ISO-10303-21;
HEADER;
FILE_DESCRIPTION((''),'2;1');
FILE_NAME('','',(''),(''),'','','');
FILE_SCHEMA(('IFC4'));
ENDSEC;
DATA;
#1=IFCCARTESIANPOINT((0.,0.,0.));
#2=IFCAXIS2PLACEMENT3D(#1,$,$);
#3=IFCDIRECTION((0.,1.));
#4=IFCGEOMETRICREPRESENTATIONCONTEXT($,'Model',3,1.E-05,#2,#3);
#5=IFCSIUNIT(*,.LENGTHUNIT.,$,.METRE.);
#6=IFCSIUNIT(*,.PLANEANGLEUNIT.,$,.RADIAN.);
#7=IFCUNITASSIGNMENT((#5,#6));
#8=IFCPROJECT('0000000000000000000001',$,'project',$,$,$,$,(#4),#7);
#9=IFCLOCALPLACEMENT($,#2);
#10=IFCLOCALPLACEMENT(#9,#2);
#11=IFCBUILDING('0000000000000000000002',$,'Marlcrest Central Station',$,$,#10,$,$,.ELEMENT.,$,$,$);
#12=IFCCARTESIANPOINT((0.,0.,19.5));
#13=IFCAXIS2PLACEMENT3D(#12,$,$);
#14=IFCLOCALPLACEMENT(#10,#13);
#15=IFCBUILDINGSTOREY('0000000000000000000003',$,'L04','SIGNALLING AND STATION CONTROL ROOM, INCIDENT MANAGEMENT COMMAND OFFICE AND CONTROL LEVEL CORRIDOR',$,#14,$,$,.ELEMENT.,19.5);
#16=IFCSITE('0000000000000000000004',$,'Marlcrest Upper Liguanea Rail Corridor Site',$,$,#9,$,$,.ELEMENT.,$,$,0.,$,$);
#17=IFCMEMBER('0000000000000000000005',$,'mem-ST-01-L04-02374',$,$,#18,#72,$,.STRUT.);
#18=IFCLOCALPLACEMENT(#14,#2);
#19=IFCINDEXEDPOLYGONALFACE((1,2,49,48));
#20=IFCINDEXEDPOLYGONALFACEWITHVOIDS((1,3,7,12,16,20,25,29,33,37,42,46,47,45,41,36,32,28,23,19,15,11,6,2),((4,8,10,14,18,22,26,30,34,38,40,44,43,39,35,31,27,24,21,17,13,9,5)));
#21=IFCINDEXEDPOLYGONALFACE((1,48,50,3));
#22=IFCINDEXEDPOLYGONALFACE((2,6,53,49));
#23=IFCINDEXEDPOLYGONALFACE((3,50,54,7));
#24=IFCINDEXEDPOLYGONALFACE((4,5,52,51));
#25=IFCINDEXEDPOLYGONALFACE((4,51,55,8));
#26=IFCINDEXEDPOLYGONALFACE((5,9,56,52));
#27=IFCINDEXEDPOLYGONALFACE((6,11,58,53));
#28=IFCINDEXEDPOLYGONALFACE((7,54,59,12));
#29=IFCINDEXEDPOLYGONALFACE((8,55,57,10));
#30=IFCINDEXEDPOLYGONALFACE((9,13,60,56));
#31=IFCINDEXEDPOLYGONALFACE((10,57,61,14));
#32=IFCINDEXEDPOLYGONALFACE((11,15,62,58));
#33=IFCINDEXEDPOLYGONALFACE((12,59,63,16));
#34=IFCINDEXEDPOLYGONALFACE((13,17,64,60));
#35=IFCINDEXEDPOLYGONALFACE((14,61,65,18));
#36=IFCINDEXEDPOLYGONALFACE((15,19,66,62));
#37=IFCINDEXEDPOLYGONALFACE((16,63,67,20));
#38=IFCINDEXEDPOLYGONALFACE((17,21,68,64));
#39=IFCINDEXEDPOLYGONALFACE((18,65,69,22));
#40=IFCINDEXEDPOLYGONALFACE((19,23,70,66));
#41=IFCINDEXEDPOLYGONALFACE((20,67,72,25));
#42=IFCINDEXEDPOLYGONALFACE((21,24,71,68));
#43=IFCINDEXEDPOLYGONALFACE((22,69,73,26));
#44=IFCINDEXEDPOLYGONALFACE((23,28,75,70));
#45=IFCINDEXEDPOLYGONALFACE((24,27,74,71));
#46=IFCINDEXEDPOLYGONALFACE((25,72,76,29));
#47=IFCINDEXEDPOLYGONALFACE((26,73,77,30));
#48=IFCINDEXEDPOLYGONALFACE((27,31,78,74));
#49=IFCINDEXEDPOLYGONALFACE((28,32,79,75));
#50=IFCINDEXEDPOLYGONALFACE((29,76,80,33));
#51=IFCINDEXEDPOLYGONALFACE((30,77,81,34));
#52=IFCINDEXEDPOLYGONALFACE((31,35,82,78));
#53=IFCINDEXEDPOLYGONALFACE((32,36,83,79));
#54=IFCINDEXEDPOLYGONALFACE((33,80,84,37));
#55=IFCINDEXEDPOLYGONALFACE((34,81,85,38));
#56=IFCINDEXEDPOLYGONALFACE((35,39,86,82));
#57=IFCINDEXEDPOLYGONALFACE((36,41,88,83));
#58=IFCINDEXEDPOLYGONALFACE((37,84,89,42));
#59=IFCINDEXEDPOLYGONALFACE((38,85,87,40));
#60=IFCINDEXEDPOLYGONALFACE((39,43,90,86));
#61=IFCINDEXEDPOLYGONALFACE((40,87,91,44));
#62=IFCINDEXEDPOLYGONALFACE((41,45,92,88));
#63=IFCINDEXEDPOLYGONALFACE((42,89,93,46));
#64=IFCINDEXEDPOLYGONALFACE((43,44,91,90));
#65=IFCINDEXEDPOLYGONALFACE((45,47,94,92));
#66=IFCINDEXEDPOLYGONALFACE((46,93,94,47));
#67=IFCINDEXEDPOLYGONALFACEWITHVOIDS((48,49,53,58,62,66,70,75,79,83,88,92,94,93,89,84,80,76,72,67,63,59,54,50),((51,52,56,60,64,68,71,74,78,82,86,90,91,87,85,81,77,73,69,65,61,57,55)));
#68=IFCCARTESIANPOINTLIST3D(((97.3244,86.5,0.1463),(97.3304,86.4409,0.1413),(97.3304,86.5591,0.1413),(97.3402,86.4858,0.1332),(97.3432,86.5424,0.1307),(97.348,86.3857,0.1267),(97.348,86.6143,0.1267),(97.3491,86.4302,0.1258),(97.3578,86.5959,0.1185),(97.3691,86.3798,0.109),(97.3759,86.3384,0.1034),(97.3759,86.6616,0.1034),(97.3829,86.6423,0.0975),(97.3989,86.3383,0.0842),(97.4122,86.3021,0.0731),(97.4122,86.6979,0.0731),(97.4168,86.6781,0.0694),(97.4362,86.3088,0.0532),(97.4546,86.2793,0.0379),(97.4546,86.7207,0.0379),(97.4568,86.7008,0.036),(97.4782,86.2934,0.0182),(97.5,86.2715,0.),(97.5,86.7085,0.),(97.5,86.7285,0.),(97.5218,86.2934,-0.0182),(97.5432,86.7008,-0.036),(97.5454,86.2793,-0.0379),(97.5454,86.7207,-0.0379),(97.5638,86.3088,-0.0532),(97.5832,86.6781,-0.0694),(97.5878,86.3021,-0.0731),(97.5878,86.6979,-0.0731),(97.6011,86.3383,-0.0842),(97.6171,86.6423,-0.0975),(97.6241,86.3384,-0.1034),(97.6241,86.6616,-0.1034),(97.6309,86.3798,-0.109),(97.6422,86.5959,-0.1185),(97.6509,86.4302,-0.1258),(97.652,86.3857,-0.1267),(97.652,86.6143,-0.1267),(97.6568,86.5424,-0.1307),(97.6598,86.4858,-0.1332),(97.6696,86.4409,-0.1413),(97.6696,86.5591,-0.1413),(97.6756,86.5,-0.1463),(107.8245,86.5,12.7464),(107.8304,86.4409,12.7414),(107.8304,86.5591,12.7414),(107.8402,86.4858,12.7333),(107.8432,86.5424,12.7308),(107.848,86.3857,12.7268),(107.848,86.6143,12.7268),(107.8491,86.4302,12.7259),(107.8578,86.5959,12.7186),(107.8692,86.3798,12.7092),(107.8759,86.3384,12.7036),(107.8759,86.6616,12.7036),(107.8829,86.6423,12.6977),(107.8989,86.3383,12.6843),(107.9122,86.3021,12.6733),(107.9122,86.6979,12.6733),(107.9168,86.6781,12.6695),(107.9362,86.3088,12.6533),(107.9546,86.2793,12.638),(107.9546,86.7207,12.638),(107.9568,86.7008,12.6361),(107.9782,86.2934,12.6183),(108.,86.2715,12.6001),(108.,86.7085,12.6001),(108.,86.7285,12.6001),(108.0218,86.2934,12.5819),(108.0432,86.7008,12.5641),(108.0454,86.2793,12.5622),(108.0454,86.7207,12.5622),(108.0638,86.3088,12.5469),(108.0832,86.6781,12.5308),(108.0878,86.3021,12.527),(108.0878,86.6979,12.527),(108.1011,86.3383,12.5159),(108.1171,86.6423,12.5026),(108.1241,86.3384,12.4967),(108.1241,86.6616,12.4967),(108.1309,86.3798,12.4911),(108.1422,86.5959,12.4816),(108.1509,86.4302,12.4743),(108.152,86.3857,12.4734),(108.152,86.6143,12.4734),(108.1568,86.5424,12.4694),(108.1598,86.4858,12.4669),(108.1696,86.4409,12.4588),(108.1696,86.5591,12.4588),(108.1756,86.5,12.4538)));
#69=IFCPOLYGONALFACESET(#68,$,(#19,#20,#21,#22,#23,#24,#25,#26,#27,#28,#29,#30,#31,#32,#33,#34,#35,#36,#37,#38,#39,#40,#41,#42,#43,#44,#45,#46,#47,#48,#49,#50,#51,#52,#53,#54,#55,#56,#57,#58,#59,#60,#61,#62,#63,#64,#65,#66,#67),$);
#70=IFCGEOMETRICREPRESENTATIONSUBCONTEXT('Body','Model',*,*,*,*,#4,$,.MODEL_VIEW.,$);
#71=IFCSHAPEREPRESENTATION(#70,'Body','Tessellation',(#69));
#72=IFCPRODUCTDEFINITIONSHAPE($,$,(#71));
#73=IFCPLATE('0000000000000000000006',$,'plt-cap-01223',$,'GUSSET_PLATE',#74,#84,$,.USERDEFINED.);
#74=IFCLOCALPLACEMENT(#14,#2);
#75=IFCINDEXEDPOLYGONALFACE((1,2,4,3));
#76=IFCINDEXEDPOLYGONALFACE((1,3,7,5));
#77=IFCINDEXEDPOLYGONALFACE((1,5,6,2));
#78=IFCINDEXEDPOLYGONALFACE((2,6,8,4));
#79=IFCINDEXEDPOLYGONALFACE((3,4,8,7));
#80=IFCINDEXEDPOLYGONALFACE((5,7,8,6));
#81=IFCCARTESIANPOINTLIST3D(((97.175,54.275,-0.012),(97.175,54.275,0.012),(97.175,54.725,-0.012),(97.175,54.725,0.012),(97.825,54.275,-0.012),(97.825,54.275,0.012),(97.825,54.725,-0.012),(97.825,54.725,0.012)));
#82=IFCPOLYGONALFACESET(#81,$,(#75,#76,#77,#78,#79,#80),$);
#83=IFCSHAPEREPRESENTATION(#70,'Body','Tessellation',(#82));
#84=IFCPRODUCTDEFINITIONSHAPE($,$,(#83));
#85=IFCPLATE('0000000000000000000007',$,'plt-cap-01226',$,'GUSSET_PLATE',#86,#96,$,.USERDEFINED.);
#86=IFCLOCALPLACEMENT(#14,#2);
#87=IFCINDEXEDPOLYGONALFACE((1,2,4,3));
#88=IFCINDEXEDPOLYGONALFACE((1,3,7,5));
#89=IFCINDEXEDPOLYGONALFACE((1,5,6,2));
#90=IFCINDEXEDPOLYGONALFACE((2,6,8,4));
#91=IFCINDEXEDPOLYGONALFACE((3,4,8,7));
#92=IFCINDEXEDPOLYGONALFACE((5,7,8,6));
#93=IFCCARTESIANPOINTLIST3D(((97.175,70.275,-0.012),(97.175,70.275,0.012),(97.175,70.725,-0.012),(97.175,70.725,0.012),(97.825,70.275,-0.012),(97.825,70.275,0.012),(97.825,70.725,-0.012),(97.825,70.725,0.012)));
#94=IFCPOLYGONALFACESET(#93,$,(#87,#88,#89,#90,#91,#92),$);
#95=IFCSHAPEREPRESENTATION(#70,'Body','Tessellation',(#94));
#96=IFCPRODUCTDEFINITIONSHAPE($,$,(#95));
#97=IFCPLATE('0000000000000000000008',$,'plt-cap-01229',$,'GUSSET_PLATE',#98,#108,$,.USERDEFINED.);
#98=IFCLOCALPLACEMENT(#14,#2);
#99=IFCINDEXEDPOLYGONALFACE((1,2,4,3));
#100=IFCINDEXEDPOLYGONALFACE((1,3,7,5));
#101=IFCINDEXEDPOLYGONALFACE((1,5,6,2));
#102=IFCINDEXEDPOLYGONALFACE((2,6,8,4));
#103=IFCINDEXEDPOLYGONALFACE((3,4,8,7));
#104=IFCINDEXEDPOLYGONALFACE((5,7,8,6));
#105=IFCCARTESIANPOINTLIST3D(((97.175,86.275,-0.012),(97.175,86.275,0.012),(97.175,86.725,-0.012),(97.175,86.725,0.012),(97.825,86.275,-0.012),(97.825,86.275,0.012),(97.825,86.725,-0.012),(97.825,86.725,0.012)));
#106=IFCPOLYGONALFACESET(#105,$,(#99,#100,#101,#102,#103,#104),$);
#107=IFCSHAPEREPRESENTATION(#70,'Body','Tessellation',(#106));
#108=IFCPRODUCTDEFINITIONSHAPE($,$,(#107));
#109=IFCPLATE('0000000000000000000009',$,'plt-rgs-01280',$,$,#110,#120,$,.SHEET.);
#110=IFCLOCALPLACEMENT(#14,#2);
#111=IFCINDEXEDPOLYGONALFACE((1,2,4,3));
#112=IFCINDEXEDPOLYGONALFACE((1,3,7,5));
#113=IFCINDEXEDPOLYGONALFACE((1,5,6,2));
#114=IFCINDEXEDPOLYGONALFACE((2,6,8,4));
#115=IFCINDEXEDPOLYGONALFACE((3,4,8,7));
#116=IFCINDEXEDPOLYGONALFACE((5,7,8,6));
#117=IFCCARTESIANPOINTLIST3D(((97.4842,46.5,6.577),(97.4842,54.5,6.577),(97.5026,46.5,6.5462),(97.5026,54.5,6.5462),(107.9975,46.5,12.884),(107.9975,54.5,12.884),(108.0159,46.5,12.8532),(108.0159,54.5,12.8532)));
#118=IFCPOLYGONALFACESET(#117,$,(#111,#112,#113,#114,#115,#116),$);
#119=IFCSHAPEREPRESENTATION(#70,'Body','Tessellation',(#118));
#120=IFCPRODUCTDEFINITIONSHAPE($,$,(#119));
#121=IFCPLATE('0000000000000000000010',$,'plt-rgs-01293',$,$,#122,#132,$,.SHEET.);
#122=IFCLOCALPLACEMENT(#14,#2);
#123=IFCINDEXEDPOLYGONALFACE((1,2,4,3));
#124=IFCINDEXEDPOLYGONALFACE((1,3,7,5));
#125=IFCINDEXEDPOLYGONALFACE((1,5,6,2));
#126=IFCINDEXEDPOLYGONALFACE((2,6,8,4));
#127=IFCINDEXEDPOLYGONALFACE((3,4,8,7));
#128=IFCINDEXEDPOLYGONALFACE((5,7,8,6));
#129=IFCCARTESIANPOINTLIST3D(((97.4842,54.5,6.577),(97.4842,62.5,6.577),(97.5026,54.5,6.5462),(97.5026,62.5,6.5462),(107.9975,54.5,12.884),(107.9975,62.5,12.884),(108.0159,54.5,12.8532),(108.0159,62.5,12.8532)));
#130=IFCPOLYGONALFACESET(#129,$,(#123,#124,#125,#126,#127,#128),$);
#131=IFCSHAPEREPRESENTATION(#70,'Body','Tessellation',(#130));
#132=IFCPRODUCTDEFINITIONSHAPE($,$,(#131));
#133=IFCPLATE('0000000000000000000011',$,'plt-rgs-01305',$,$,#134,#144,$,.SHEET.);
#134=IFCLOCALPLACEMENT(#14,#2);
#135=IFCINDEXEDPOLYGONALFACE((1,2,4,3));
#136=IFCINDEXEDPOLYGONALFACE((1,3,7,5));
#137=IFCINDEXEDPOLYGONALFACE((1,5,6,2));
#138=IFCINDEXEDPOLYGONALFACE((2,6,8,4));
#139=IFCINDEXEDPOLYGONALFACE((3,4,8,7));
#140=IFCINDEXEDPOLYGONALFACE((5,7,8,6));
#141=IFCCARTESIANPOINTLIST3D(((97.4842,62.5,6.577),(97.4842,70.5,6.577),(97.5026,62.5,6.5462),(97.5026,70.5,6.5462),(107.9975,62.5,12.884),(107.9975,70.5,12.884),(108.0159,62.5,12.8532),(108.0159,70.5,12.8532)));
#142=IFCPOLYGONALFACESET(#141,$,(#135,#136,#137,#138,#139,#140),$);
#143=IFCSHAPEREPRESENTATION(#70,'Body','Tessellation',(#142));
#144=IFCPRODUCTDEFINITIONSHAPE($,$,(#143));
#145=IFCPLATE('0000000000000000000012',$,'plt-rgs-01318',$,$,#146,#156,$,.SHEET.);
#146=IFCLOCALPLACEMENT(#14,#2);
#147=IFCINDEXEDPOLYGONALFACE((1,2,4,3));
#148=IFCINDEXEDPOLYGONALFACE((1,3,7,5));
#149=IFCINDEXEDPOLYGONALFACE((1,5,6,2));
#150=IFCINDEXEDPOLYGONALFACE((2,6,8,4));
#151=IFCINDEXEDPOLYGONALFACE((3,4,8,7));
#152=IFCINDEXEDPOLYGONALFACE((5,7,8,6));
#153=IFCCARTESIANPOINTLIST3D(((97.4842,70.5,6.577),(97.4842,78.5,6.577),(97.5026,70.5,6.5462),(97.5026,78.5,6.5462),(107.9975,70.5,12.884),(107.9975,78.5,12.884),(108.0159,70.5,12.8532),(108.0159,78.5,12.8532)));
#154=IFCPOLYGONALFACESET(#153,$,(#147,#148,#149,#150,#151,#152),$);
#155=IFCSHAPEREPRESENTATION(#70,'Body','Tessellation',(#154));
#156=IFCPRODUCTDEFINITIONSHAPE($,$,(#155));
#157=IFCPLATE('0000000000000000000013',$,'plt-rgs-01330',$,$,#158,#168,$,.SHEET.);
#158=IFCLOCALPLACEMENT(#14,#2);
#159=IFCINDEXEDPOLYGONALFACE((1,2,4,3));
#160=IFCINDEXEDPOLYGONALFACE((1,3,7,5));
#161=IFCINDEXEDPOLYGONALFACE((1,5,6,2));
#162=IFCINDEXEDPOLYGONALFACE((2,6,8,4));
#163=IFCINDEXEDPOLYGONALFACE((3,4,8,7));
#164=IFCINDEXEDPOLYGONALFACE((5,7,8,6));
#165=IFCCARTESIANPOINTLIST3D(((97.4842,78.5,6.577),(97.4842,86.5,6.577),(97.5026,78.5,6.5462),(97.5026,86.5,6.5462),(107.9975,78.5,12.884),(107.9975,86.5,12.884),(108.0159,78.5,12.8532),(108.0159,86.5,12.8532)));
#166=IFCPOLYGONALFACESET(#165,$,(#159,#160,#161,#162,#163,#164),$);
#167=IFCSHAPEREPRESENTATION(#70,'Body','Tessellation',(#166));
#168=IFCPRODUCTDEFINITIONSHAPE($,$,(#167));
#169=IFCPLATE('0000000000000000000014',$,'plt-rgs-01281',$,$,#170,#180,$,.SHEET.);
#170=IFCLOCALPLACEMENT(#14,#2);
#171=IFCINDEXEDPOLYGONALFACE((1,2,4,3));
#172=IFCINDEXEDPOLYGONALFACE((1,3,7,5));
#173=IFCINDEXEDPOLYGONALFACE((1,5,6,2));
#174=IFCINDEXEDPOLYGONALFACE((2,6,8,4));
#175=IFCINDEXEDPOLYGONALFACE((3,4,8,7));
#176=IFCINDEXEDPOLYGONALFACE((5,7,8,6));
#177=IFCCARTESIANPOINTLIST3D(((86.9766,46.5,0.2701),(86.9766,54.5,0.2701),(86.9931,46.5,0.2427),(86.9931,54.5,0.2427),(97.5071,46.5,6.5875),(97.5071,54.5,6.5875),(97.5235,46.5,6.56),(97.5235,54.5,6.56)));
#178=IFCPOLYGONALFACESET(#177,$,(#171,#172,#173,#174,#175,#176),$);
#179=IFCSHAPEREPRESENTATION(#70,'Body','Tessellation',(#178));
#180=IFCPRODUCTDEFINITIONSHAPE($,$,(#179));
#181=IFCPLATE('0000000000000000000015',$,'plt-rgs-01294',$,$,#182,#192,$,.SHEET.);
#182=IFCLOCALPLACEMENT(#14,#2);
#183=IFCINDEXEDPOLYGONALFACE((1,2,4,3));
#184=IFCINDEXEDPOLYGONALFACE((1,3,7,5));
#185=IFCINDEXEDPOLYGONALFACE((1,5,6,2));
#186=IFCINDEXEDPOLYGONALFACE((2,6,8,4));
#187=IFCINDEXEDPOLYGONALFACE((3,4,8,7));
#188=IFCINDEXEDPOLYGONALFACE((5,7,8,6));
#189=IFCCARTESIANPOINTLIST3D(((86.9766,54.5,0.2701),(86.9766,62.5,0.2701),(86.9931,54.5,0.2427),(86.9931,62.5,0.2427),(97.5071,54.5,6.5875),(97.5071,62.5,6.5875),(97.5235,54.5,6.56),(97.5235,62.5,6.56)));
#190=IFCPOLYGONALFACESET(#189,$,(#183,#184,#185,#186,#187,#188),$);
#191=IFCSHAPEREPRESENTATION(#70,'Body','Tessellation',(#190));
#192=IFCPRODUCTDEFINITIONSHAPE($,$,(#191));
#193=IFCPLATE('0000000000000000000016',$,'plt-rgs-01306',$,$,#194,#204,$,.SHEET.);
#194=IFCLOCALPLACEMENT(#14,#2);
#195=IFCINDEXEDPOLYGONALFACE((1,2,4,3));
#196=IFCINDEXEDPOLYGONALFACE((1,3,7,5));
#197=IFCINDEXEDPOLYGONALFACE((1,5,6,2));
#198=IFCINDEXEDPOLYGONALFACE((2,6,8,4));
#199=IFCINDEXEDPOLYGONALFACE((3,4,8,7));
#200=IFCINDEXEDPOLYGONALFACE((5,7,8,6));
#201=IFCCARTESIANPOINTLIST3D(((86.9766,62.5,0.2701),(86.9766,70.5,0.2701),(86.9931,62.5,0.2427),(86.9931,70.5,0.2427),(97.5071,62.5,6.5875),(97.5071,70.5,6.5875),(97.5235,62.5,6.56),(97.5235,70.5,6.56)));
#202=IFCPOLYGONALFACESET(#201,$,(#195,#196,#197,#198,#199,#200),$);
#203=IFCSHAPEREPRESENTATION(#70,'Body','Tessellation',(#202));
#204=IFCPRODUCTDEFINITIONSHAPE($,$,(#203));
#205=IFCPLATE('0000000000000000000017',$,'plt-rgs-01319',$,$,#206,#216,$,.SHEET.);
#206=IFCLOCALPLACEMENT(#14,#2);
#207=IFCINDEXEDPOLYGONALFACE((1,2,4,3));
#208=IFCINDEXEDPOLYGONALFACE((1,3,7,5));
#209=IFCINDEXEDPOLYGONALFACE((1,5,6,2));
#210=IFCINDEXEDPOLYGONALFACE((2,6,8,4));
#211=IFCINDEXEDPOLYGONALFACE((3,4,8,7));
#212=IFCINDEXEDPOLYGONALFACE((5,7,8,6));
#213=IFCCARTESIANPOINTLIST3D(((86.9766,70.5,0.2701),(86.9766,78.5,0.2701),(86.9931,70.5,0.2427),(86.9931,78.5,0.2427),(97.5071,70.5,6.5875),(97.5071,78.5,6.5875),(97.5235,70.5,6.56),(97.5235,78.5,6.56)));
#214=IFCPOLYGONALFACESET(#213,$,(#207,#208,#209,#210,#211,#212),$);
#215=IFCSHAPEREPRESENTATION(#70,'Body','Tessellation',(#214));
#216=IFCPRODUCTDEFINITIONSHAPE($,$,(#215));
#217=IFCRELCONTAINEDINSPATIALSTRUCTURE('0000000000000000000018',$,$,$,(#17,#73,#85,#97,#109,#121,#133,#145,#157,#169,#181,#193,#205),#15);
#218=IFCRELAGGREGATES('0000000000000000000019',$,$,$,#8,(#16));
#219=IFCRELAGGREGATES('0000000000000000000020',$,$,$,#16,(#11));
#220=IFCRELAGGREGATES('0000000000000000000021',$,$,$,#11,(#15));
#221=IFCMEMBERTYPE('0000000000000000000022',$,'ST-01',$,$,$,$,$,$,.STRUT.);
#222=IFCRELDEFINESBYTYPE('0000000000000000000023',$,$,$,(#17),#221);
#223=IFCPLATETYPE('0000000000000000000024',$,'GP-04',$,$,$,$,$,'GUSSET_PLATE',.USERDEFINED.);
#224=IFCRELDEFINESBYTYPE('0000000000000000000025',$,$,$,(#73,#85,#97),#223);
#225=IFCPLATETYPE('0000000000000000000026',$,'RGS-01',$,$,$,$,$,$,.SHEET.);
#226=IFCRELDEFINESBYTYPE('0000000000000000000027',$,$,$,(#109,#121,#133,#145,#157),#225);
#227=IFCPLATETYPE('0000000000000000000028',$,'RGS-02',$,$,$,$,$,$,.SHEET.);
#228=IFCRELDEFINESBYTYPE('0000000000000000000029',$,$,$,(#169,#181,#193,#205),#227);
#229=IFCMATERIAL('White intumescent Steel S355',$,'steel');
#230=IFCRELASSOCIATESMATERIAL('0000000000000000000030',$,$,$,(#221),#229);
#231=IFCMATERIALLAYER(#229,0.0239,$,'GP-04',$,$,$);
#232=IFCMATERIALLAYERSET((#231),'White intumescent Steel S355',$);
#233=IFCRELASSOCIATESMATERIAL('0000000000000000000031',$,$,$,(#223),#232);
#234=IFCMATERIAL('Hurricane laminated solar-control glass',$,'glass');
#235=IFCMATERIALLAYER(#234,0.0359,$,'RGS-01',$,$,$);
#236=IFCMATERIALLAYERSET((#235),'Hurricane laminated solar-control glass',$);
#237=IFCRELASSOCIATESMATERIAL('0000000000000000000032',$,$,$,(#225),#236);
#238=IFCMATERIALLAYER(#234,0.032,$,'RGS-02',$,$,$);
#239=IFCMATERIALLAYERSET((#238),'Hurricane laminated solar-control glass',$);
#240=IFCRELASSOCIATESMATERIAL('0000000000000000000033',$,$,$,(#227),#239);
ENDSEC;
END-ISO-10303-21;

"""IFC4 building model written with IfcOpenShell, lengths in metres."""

from ifc_helpers import new_model, si_unit, direction, frame, origin, origin_2d, place, context, subcontext, project, spatial, rectangle, hollow_circle, extrude, material, layer, layer_set, material_profile, profile_set, type_object, element, save


model = new_model("IFC4")

# Units and contexts
model_context = context("Model", 3, precision=1e-05, world=origin(), true_north=direction((0.0, 1.0)))
body_context = subcontext(model_context, "Body", "Model", "MODEL_VIEW")
ifc_project = project(units=[si_unit("LENGTHUNIT", "METRE"), si_unit("PLANEANGLEUNIT", "RADIAN")], contexts=[model_context])

# Site, building, storey
site_placement = place(None, origin())
site = spatial("IfcSite", under=ifc_project, at=site_placement, Name="Marlcrest Upper Liguanea Rail Corridor Site", CompositionType="ELEMENT", RefElevation=0.0)
building_placement = place(site_placement, origin())
building = spatial("IfcBuilding", under=site, at=building_placement, Name="Marlcrest Central Station", CompositionType="ELEMENT")
storey_placement = place(building_placement, frame((0.0, 0.0, 19.5)))
storey = spatial("IfcBuildingStorey", under=building, at=storey_placement, Name="L04", Description="SIGNALLING AND STATION CONTROL ROOM, INCIDENT MANAGEMENT COMMAND OFFICE AND CONTROL LEVEL CORRIDOR", CompositionType="ELEMENT", Elevation=19.5)

# Member
ifc_material_1 = material(Name="White intumescent Steel S355", Category="steel")
ifc_material_profile_1 = material_profile(ifc_material_1, hollow_circle(Radius=0.2285, WallThickness=0.02, at=origin_2d()), Name="CHS 457x20")
ifc_profile_set_1 = profile_set([ifc_material_profile_1], Name="White intumescent Steel S355")
member_type_1 = type_object("IfcMemberType", Name="ST-01", PredefinedType="STRUT", material=ifc_profile_set_1)
for number, where, z_axis, x_axis, name in (
    (1, (97.5, 86.5, 0.0), (0.640181, 0.0, 0.768224), (0.0, 1.0, 0.0), "mem-ST-01-L04-02374"),
):
    element("IfcMember", number, at=place(storey_placement, frame(where, z_axis=z_axis, x_axis=x_axis)), inside=storey, type_object=member_type_1, Name=name, PredefinedType="STRUT", context=body_context, shape_type="SweptSolid", body=[
        extrude(hollow_circle(Radius=0.2285, WallThickness=0.02, at=origin_2d()), origin(), (0.0, 0.0, 1.0), 16.4016),
    ])

# Plates
ifc_layer_1 = layer(ifc_material_1, 0.0239, Name="GP-04")
ifc_layer_set_1 = layer_set([ifc_layer_1], Name="White intumescent Steel S355")
plate_type_1 = type_object("IfcPlateType", Name="GP-04", ElementType="GUSSET_PLATE", PredefinedType="USERDEFINED", material=ifc_layer_set_1)
for number, where, z_axis, x_axis, name in (
    (2, (97.5, 54.5, -0.012), (0.0, 0.0, 1.0), (1.0, 0.0, 0.0), "plt-cap-01223"),
    (3, (97.5, 70.5, -0.012), (0.0, 0.0, 1.0), (1.0, 0.0, 0.0), "plt-cap-01226"),
    (4, (97.5, 86.5, -0.012), (0.0, 0.0, 1.0), (1.0, 0.0, 0.0), "plt-cap-01229"),
):
    element("IfcPlate", number, at=place(storey_placement, frame(where, z_axis=z_axis, x_axis=x_axis)), inside=storey, type_object=plate_type_1, Name=name, ObjectType="GUSSET_PLATE", PredefinedType="USERDEFINED", context=body_context, shape_type="SweptSolid", body=[
        extrude(rectangle(XDim=0.6499, YDim=0.45, at=origin_2d()), origin(), (0.0, 0.0, 1.0), 0.0239),
    ])
ifc_material_2 = material(Name="Hurricane laminated solar-control glass", Category="glass")
ifc_layer_2 = layer(ifc_material_2, 0.0359, Name="RGS-01")
ifc_layer_set_2 = layer_set([ifc_layer_2], Name="Hurricane laminated solar-control glass")
plate_type_2 = type_object("IfcPlateType", Name="RGS-01", PredefinedType="SHEET", material=ifc_layer_set_2)
for number, where, z_axis, x_axis, name in (
    (5, (102.7593, 50.5, 9.6997), (-0.51444, 0.0, 0.857527), (0.857527, 0.0, 0.51444), "plt-rgs-01280"),
    (6, (102.7593, 58.5, 9.6997), (-0.51444, 0.0, 0.857527), (0.857527, 0.0, 0.51444), "plt-rgs-01293"),
    (7, (102.7593, 66.5, 9.6997), (-0.51444, 0.0, 0.857527), (0.857527, 0.0, 0.51444), "plt-rgs-01305"),
    (8, (102.7593, 74.5, 9.6997), (-0.51444, 0.0, 0.857527), (0.857527, 0.0, 0.51444), "plt-rgs-01318"),
    (9, (102.7593, 82.5, 9.6997), (-0.51444, 0.0, 0.857527), (0.857527, 0.0, 0.51444), "plt-rgs-01330"),
):
    element("IfcPlate", number, at=place(storey_placement, frame(where, z_axis=z_axis, x_axis=x_axis)), inside=storey, type_object=plate_type_2, Name=name, PredefinedType="SHEET", context=body_context, shape_type="SweptSolid", body=[
        extrude(rectangle(XDim=12.26, YDim=8.0, at=origin_2d()), origin(), (0.0, 0.0, 1.0), 0.0359),
    ])
ifc_layer_3 = layer(ifc_material_2, 0.032, Name="RGS-02")
ifc_layer_set_3 = layer_set([ifc_layer_3], Name="Hurricane laminated solar-control glass")
plate_type_3 = type_object("IfcPlateType", Name="RGS-02", PredefinedType="SHEET", material=ifc_layer_set_3)
for number, where, z_axis, x_axis, name in (
    (10, (92.2583, 50.5, 3.4014), (-0.51444, 0.0, 0.857527), (0.857527, 0.0, 0.51444), "plt-rgs-01281"),
    (11, (92.2583, 58.5, 3.4014), (-0.51444, 0.0, 0.857527), (0.857527, 0.0, 0.51444), "plt-rgs-01294"),
    (12, (92.2583, 66.5, 3.4014), (-0.51444, 0.0, 0.857527), (0.857527, 0.0, 0.51444), "plt-rgs-01306"),
    (13, (92.2583, 74.5, 3.4014), (-0.51444, 0.0, 0.857527), (0.857527, 0.0, 0.51444), "plt-rgs-01319"),
):
    element("IfcPlate", number, at=place(storey_placement, frame(where, z_axis=z_axis, x_axis=x_axis)), inside=storey, type_object=plate_type_3, Name=name, PredefinedType="SHEET", context=body_context, shape_type="SweptSolid", body=[
        extrude(rectangle(XDim=12.28, YDim=8.0, at=origin_2d()), origin(), (0.0, 0.0, 1.0), 0.032),
    ])

save(model, "model.ifc")
